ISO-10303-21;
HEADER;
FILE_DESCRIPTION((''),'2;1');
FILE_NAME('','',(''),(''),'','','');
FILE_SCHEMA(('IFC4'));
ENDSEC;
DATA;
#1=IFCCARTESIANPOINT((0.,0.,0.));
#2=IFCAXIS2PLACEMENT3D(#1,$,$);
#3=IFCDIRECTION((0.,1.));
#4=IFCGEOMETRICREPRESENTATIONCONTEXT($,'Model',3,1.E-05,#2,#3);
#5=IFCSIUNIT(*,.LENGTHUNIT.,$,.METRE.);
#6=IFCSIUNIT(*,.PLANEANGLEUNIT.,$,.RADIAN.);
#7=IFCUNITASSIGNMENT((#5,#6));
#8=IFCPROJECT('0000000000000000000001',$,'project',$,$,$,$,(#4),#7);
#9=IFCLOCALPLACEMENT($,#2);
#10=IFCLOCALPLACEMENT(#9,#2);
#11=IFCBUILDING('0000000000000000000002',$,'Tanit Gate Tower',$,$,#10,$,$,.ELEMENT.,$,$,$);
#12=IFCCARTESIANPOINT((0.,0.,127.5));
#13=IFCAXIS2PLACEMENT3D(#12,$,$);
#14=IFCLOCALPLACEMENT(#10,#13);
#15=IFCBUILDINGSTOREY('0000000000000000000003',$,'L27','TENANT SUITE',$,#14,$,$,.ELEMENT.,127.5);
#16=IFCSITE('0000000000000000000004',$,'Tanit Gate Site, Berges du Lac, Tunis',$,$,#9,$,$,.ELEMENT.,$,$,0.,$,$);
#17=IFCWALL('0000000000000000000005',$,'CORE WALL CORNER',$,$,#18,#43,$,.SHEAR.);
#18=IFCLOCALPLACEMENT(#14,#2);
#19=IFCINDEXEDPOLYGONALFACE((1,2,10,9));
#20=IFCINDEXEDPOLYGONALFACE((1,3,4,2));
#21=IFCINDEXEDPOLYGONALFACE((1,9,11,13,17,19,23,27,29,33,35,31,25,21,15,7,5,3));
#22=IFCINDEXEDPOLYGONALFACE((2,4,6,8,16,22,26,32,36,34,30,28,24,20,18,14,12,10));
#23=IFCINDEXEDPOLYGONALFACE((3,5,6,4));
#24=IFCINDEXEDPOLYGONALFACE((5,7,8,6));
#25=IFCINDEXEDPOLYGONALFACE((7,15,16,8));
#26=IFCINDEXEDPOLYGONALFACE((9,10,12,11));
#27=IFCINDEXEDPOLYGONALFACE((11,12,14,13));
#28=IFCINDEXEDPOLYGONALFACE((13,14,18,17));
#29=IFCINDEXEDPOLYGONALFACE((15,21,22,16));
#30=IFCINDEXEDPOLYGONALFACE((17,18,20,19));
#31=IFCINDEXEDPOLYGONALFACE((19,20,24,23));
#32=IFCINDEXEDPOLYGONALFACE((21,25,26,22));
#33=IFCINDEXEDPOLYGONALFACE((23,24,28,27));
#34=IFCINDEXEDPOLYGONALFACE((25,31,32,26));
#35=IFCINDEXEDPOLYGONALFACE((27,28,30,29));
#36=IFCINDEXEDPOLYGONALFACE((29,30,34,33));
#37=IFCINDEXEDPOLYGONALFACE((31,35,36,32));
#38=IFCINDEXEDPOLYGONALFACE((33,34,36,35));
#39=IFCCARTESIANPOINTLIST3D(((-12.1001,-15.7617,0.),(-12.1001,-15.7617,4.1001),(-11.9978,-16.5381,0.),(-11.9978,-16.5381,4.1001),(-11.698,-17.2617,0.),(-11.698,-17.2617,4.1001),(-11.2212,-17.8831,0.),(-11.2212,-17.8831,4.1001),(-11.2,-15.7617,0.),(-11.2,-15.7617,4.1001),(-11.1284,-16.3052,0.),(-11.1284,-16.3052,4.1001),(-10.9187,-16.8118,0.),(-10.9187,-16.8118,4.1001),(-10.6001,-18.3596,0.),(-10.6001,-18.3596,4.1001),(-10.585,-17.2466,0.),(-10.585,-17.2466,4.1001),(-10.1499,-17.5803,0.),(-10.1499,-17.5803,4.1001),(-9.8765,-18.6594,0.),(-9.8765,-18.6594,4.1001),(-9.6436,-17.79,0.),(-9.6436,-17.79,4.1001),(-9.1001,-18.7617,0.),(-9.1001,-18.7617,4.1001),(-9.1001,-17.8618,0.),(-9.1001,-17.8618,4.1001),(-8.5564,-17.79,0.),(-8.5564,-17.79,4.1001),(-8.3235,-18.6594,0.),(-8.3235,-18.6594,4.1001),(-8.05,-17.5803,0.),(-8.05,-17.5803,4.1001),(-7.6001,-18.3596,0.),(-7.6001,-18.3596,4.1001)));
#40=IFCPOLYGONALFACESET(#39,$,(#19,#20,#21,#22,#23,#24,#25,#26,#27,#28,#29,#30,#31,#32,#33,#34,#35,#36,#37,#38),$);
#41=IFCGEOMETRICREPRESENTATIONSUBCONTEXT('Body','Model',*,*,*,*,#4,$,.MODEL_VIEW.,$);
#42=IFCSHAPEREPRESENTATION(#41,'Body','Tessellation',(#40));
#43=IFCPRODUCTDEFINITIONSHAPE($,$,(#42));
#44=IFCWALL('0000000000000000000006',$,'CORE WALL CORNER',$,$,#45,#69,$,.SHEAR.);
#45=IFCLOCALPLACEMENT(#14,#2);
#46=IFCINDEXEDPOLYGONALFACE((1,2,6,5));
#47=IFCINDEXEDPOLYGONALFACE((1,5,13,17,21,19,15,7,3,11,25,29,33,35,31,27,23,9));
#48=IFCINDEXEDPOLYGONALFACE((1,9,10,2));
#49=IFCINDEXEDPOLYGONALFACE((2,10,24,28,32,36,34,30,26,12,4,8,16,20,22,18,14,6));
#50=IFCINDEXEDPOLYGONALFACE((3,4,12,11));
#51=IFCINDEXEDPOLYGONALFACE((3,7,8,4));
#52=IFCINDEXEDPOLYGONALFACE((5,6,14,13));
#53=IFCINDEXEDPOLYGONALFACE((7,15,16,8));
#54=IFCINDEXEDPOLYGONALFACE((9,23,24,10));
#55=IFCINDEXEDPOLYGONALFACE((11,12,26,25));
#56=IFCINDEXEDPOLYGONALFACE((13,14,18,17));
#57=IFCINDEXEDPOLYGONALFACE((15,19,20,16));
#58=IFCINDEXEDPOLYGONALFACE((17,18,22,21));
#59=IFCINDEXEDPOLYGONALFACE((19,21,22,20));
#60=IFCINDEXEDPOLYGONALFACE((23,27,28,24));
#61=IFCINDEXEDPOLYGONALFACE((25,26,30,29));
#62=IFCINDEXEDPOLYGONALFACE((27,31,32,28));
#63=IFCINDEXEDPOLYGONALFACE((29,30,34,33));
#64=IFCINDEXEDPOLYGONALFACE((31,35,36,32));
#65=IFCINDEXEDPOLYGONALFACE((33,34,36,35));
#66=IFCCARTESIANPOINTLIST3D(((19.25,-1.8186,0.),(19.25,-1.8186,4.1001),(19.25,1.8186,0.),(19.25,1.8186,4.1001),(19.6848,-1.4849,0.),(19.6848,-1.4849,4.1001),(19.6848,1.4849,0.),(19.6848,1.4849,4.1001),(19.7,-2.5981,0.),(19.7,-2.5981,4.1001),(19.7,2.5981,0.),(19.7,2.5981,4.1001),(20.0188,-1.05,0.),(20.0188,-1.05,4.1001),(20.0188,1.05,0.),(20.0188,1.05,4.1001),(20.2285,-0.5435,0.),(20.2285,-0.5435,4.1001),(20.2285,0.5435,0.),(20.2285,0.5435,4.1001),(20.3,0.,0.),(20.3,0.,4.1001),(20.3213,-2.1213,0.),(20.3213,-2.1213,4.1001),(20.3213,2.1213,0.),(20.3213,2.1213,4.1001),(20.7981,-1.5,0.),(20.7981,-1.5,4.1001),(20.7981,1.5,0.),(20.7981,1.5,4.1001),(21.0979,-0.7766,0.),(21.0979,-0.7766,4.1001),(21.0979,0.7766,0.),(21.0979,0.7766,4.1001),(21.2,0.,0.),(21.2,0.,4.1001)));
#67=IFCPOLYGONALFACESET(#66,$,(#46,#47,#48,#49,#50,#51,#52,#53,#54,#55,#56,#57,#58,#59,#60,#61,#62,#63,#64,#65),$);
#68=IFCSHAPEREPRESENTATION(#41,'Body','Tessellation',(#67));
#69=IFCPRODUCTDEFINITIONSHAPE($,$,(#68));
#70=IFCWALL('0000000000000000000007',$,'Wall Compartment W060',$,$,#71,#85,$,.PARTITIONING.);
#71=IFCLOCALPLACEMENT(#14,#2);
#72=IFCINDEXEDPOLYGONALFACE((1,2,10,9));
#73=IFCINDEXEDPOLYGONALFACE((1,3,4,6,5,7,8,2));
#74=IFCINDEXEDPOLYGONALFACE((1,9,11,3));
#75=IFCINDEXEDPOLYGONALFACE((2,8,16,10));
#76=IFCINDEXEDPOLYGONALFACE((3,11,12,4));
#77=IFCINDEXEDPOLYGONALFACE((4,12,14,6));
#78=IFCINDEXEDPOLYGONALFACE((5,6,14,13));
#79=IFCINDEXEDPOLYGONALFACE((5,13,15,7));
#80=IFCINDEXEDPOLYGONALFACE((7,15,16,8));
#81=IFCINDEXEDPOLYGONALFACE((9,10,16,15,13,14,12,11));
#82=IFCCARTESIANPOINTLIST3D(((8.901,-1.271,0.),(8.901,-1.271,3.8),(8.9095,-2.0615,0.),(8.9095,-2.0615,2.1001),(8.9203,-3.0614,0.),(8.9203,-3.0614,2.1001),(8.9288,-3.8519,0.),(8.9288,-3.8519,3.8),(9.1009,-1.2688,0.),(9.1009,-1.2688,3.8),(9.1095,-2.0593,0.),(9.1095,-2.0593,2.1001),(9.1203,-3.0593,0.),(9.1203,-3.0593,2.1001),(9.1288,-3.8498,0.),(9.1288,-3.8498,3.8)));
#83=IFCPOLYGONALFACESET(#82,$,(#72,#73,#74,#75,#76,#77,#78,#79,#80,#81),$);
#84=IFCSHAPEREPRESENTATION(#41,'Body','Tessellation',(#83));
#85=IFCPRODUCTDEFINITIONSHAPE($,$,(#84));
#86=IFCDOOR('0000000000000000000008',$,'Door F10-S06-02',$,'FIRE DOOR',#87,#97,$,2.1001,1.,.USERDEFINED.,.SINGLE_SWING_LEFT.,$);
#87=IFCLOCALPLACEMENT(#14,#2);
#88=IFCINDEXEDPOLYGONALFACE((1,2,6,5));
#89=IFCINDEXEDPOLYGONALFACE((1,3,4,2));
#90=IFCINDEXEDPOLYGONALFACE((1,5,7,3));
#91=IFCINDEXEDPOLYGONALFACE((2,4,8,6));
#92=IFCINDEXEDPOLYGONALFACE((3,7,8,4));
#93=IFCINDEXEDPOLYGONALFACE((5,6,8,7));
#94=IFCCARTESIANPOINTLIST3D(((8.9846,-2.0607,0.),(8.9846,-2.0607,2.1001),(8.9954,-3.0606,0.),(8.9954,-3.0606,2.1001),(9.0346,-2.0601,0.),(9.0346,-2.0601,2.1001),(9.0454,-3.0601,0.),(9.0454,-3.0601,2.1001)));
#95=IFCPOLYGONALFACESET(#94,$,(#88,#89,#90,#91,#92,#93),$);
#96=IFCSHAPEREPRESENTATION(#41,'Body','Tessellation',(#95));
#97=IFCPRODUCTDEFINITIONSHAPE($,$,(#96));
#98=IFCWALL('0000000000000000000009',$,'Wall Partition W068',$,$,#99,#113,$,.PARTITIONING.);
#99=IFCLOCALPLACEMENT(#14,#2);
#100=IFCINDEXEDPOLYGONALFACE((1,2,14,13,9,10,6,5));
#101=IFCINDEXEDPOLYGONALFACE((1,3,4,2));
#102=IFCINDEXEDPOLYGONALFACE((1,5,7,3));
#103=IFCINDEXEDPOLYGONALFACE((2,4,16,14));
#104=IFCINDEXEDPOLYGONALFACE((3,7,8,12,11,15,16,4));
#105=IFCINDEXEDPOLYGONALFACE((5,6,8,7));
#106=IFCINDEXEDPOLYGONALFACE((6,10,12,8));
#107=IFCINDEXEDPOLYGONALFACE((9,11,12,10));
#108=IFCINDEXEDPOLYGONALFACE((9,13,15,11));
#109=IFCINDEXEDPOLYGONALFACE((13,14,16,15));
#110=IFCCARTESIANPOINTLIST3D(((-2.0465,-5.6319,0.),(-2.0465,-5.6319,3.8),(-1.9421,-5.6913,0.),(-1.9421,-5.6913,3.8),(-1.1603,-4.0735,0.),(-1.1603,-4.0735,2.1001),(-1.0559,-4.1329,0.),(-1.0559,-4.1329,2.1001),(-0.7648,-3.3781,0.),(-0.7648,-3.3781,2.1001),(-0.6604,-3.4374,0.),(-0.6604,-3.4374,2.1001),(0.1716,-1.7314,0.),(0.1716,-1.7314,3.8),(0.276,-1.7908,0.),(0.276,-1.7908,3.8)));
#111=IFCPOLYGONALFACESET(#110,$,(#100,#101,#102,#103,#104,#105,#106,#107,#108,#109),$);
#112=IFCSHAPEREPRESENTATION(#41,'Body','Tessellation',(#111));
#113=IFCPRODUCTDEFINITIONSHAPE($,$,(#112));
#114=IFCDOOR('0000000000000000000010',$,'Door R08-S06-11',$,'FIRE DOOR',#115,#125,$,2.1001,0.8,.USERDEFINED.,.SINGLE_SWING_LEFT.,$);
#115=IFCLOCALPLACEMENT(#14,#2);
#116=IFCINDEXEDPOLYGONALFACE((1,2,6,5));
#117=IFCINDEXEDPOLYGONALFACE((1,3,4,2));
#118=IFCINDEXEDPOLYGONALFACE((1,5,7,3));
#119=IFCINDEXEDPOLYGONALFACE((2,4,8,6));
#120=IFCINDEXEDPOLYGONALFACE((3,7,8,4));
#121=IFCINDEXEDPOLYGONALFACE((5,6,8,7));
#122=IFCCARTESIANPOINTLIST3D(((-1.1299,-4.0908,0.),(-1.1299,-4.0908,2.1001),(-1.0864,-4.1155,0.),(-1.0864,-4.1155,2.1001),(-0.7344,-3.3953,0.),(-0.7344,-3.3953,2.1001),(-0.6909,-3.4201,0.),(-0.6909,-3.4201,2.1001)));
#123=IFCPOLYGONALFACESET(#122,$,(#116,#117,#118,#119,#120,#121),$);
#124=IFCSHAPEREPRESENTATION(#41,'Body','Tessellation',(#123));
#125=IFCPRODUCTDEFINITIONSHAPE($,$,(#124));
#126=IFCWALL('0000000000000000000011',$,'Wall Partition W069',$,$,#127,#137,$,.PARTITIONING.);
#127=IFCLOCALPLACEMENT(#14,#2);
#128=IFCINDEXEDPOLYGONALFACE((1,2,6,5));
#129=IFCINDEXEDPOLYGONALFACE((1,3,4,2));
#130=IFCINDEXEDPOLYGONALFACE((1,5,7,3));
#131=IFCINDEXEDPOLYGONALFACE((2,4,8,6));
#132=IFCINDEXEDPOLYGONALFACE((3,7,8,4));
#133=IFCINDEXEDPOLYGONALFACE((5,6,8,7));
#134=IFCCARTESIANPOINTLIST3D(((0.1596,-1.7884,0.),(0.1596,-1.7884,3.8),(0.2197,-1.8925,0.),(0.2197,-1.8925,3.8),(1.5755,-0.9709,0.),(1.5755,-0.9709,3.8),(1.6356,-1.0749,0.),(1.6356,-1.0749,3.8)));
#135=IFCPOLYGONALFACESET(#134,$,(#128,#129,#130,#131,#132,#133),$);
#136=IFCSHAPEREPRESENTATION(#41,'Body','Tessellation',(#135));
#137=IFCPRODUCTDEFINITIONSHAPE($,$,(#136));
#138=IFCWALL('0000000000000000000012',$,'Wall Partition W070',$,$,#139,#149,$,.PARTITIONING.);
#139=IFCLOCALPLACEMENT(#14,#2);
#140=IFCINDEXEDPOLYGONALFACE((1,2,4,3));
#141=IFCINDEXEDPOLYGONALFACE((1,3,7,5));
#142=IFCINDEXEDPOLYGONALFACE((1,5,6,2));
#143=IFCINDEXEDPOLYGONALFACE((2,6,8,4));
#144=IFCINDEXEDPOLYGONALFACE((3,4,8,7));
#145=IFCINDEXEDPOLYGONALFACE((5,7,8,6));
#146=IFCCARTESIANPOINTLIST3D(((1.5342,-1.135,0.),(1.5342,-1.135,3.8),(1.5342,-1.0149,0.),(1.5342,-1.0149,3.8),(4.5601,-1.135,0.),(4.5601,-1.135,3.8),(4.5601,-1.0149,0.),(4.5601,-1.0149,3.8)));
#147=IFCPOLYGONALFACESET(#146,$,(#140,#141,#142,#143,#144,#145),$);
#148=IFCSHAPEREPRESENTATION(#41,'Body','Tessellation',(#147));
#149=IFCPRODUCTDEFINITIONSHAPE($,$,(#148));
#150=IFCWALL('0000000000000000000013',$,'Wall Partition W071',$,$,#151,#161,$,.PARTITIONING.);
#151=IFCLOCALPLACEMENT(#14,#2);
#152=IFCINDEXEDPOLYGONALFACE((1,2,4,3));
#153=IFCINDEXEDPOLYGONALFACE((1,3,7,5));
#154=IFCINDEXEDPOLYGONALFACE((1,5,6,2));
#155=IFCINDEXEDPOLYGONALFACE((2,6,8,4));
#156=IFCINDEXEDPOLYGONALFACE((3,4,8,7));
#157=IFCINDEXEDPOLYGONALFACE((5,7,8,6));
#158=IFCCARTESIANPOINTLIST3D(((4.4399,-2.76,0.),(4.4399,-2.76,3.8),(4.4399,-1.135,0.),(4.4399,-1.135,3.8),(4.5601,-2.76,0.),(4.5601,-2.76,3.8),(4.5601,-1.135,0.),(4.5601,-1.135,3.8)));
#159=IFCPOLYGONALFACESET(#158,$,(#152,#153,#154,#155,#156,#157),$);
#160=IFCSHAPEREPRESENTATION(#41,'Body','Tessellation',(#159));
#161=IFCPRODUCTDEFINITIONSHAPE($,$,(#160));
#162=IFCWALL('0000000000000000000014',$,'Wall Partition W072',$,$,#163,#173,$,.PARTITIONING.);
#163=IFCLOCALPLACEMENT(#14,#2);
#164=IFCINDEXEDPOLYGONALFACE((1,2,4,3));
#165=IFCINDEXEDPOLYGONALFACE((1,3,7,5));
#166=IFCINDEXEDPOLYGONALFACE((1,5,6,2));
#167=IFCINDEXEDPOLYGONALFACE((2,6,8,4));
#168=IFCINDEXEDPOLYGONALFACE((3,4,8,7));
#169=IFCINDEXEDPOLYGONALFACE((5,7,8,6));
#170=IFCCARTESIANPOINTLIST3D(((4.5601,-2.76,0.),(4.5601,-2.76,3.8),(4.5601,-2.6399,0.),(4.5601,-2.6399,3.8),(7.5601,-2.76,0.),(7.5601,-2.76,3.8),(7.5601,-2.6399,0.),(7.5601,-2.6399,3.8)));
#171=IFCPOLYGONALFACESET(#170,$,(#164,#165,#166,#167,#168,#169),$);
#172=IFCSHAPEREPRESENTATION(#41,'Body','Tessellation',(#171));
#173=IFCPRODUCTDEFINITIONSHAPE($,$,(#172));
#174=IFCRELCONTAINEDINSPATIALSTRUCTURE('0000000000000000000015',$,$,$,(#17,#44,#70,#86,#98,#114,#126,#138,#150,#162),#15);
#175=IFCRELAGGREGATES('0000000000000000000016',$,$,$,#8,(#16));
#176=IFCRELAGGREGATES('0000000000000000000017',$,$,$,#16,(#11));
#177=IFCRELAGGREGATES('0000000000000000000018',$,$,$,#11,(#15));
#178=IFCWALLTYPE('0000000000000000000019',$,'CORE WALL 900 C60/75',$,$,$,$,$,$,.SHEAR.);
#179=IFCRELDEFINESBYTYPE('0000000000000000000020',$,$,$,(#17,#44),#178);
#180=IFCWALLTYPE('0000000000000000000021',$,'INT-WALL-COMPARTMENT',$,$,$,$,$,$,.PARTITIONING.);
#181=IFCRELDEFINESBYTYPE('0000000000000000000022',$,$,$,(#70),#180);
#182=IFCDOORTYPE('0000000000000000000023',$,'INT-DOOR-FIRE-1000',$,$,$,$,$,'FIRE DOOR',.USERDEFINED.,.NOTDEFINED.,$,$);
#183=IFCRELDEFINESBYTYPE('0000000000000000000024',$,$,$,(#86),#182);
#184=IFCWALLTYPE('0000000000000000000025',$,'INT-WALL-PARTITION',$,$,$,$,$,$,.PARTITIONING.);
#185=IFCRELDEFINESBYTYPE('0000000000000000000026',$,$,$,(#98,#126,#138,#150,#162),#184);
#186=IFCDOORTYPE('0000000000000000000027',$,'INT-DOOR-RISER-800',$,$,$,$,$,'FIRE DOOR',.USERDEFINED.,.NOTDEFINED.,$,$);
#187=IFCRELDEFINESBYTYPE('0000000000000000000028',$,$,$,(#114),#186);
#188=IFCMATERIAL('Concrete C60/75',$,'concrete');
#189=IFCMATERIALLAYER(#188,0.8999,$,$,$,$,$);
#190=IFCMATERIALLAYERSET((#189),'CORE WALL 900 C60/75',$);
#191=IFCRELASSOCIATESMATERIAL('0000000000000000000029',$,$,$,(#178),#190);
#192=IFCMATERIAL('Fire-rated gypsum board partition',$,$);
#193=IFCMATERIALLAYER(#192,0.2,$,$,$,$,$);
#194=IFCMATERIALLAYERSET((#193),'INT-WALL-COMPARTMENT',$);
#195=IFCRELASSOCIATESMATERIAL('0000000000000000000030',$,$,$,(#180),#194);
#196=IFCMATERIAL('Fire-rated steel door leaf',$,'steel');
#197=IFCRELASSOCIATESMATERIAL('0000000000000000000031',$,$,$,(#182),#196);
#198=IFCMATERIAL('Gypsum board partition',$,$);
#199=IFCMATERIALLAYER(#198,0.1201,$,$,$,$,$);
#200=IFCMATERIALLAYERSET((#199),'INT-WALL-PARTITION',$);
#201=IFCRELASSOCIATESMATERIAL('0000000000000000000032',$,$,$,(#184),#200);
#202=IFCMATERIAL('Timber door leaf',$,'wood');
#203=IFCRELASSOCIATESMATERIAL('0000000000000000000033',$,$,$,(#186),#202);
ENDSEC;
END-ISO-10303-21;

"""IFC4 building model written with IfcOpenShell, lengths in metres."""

from ifc_helpers import new_model, si_unit, direction, frame, frame_2d, origin, place, context, subcontext, project, spatial, polyline, rectangle, outline, extrude, material, layer, layer_set, type_object, element, fill, save


model = new_model("IFC4")

# Units and contexts
model_context = context("Model", 3, precision=1e-05, world=origin(), true_north=direction((0.0, 1.0)))
body_context = subcontext(model_context, "Body", "Model", "MODEL_VIEW")
ifc_project = project(units=[si_unit("LENGTHUNIT", "METRE"), si_unit("PLANEANGLEUNIT", "RADIAN")], contexts=[model_context])

# Site, building, storey
site_placement = place(None, origin())
site = spatial("IfcSite", under=ifc_project, at=site_placement, Name="Tanit Gate Site, Berges du Lac, Tunis", CompositionType="ELEMENT", RefElevation=0.0)
building_placement = place(site_placement, origin())
building = spatial("IfcBuilding", under=site, at=building_placement, Name="Tanit Gate Tower", CompositionType="ELEMENT")
storey_placement = place(building_placement, frame((0.0, 0.0, 127.5)))
storey = spatial("IfcBuildingStorey", under=building, at=storey_placement, Name="L27", Description="TENANT SUITE", CompositionType="ELEMENT", Elevation=127.5)

# Walls
ifc_material_1 = material(Name="Concrete C60/75", Category="concrete")
ifc_layer_1 = layer(ifc_material_1, 0.8999)
ifc_layer_set_1 = layer_set([ifc_layer_1], Name="CORE WALL 900 C60/75")
wall_type_1 = type_object("IfcWallType", Name="CORE WALL 900 C60/75", PredefinedType="SHEAR", material=ifc_layer_set_1)
wall_1_placement = place(storey_placement, origin())
element("IfcWall", 1, at=wall_1_placement, inside=storey, type_object=wall_type_1, Name="CORE WALL CORNER", PredefinedType="SHEAR", context=body_context, shape_type="SweptSolid", body=[
    extrude(outline(polyline([(-12.1001, -15.7617), (-11.9978, -16.5381), (-11.698, -17.2617), (-11.2212, -17.8831), (-10.6001, -18.3596), (-9.8765, -18.6594), (-9.1001, -18.7617), (-8.3235, -18.6594), (-7.6001, -18.3596), (-8.05, -17.5803), (-8.5564, -17.79), (-9.1001, -17.8618), (-9.6436, -17.79), (-10.1499, -17.5803), (-10.585, -17.2466), (-10.9187, -16.8118), (-11.1284, -16.3052), (-11.2, -15.7617), (-12.1001, -15.7617)])), origin(), (0.0, 0.0, 1.0), 4.1001),
])
wall_2_placement = place(storey_placement, origin())
element("IfcWall", 2, at=wall_2_placement, inside=storey, type_object=wall_type_1, Name="CORE WALL CORNER", PredefinedType="SHEAR", context=body_context, shape_type="SweptSolid", body=[
    extrude(outline(polyline([(19.7, -2.5981), (20.3213, -2.1213), (20.7981, -1.5), (21.0979, -0.7766), (21.2, 0.0), (21.0979, 0.7766), (20.7981, 1.5), (20.3213, 2.1213), (19.7, 2.5981), (19.25, 1.8186), (19.6848, 1.4849), (20.0188, 1.05), (20.2285, 0.5435), (20.3, 0.0), (20.2285, -0.5435), (20.0188, -1.05), (19.6848, -1.4849), (19.25, -1.8186), (19.7, -2.5981)])), origin(), (0.0, 0.0, 1.0), 4.1001),
])

# Walls, openings, doors
ifc_material_2 = material(Name="Fire-rated gypsum board partition")
ifc_layer_2 = layer(ifc_material_2, 0.2)
ifc_layer_set_2 = layer_set([ifc_layer_2], Name="INT-WALL-COMPARTMENT")
wall_type_2 = type_object("IfcWallType", Name="INT-WALL-COMPARTMENT", PredefinedType="PARTITIONING", material=ifc_layer_set_2)
wall_3_placement = place(storey_placement, frame((9.0288, -3.8508, 0.0), z_axis=(0.0, 0.0, 1.0), x_axis=(-0.010784, 0.999942, 0.0)))
wall_3 = element("IfcWall", 3, at=wall_3_placement, inside=storey, type_object=wall_type_2, Name="Wall Compartment W060", PredefinedType="PARTITIONING", context=body_context, shape_type="SweptSolid", body=[
    extrude(rectangle(XDim=2.5811, YDim=0.2, at=frame_2d((1.2905, 0.0))), origin(), (0.0, 0.0, 1.0), 3.8),
])
opening_1_placement = place(wall_3_placement, frame((0.7905, 0.0, 0.0)))
opening_1 = element("IfcOpeningElement", 4, at=opening_1_placement, cuts=wall_3, PredefinedType="OPENING", context=body_context, shape_type="SweptSolid", body=[
    extrude(rectangle(XDim=1.0, YDim=2.1001, at=frame_2d((0.5, 1.05))), frame((0.0, 0.1099, 0.0), z_axis=(0.0, -1.0, 0.0), x_axis=(1.0, 0.0, 0.0)), (0.0, 0.0, 1.0), 0.22),
])
ifc_material_3 = material(Name="Fire-rated steel door leaf", Category="steel")
door_type_1 = type_object("IfcDoorType", Name="INT-DOOR-FIRE-1000", ElementType="FIRE DOOR", OperationType="NOTDEFINED", PredefinedType="USERDEFINED", material=ifc_material_3)
door_1_placement = place(opening_1_placement, origin())
door_1 = element("IfcDoor", 5, at=door_1_placement, inside=storey, type_object=door_type_1, Name="Door F10-S06-02", ObjectType="FIRE DOOR", OperationType="SINGLE_SWING_LEFT", OverallHeight=2.1001, OverallWidth=1.0, PredefinedType="USERDEFINED", context=body_context, shape_type="SweptSolid", body=[
    extrude(rectangle(XDim=1.0, YDim=2.1001, at=frame_2d((0.5, 1.05))), frame((0.0, 0.0249, 0.0), z_axis=(0.0, -1.0, 0.0), x_axis=(1.0, 0.0, 0.0)), (0.0, 0.0, 1.0), 0.05),
])
fill(opening_1, door_1)
ifc_material_4 = material(Name="Gypsum board partition")
ifc_layer_3 = layer(ifc_material_4, 0.1201)
ifc_layer_set_3 = layer_set([ifc_layer_3], Name="INT-WALL-PARTITION")
wall_type_3 = type_object("IfcWallType", Name="INT-WALL-PARTITION", PredefinedType="PARTITIONING", material=ifc_layer_set_3)
wall_4_placement = place(storey_placement, frame((0.2239, -1.761, 0.0), z_axis=(0.0, 0.0, 1.0), x_axis=(-0.494327, -0.869276, 0.0)))
wall_4 = element("IfcWall", 6, at=wall_4_placement, inside=storey, type_object=wall_type_3, Name="Wall Partition W068", PredefinedType="PARTITIONING", context=body_context, shape_type="SweptSolid", body=[
    extrude(rectangle(XDim=4.4871, YDim=0.1201, at=frame_2d((2.2437, 0.0))), origin(), (0.0, 0.0, 1.0), 3.8),
])
opening_2_placement = place(wall_4_placement, frame((1.8945, 0.0, 0.0)))
opening_2 = element("IfcOpeningElement", 7, at=opening_2_placement, cuts=wall_4, PredefinedType="OPENING", context=body_context, shape_type="SweptSolid", body=[
    extrude(rectangle(XDim=0.8, YDim=2.1001, at=frame_2d((0.3999, 1.05))), frame((0.0, 0.0701, 0.0), z_axis=(0.0, -1.0, 0.0), x_axis=(1.0, 0.0, 0.0)), (0.0, 0.0, 1.0), 0.1401),
])
ifc_material_5 = material(Name="Timber door leaf", Category="wood")
door_type_2 = type_object("IfcDoorType", Name="INT-DOOR-RISER-800", ElementType="FIRE DOOR", OperationType="NOTDEFINED", PredefinedType="USERDEFINED", material=ifc_material_5)
door_2_placement = place(opening_2_placement, origin())
door_2 = element("IfcDoor", 8, at=door_2_placement, inside=storey, type_object=door_type_2, Name="Door R08-S06-11", ObjectType="FIRE DOOR", OperationType="SINGLE_SWING_LEFT", OverallHeight=2.1001, OverallWidth=0.8, PredefinedType="USERDEFINED", context=body_context, shape_type="SweptSolid", body=[
    extrude(rectangle(XDim=0.8, YDim=2.1001, at=frame_2d((0.3999, 1.05))), frame((0.0, 0.0249, 0.0), z_axis=(0.0, -1.0, 0.0), x_axis=(1.0, 0.0, 0.0)), (0.0, 0.0, 1.0), 0.05),
])
fill(opening_2, door_2)

# Walls
wall_5_placement = place(storey_placement, frame((1.6055, -1.0229, 0.0), z_axis=(0.0, 0.0, 1.0), x_axis=(-0.866002, -0.500041, 0.0)))
element("IfcWall", 9, at=wall_5_placement, inside=storey, type_object=wall_type_3, Name="Wall Partition W069", PredefinedType="PARTITIONING", context=body_context, shape_type="SweptSolid", body=[
    extrude(rectangle(XDim=1.635, YDim=0.1201, at=frame_2d((0.8174, 0.0))), origin(), (0.0, 0.0, 1.0), 3.8),
])
wall_6_placement = place(storey_placement, frame((4.5601, -1.075, 0.0), z_axis=(0.0, 0.0, 1.0), x_axis=(-1.0, 0.0, 0.0)))
element("IfcWall", 10, at=wall_6_placement, inside=storey, type_object=wall_type_3, Name="Wall Partition W070", PredefinedType="PARTITIONING", context=body_context, shape_type="SweptSolid", body=[
    extrude(rectangle(XDim=3.0259, YDim=0.1201, at=frame_2d((1.5129, 0.0))), origin(), (0.0, 0.0, 1.0), 3.8),
])
wall_7_placement = place(storey_placement, frame((4.5, -2.76, 0.0), z_axis=(0.0, 0.0, 1.0), x_axis=(0.0, 1.0, 0.0)))
element("IfcWall", 11, at=wall_7_placement, inside=storey, type_object=wall_type_3, Name="Wall Partition W071", PredefinedType="PARTITIONING", context=body_context, shape_type="SweptSolid", body=[
    extrude(rectangle(XDim=1.625, YDim=0.1201, at=frame_2d((0.8125, 0.0))), origin(), (0.0, 0.0, 1.0), 3.8),
])
wall_8_placement = place(storey_placement, frame((7.5601, -2.7, 0.0), z_axis=(0.0, 0.0, 1.0), x_axis=(-1.0, 0.0, 0.0)))
element("IfcWall", 12, at=wall_8_placement, inside=storey, type_object=wall_type_3, Name="Wall Partition W072", PredefinedType="PARTITIONING", context=body_context, shape_type="SweptSolid", body=[
    extrude(rectangle(XDim=3.0, YDim=0.1201, at=frame_2d((1.5, 0.0))), origin(), (0.0, 0.0, 1.0), 3.8),
])

save(model, "model.ifc")
